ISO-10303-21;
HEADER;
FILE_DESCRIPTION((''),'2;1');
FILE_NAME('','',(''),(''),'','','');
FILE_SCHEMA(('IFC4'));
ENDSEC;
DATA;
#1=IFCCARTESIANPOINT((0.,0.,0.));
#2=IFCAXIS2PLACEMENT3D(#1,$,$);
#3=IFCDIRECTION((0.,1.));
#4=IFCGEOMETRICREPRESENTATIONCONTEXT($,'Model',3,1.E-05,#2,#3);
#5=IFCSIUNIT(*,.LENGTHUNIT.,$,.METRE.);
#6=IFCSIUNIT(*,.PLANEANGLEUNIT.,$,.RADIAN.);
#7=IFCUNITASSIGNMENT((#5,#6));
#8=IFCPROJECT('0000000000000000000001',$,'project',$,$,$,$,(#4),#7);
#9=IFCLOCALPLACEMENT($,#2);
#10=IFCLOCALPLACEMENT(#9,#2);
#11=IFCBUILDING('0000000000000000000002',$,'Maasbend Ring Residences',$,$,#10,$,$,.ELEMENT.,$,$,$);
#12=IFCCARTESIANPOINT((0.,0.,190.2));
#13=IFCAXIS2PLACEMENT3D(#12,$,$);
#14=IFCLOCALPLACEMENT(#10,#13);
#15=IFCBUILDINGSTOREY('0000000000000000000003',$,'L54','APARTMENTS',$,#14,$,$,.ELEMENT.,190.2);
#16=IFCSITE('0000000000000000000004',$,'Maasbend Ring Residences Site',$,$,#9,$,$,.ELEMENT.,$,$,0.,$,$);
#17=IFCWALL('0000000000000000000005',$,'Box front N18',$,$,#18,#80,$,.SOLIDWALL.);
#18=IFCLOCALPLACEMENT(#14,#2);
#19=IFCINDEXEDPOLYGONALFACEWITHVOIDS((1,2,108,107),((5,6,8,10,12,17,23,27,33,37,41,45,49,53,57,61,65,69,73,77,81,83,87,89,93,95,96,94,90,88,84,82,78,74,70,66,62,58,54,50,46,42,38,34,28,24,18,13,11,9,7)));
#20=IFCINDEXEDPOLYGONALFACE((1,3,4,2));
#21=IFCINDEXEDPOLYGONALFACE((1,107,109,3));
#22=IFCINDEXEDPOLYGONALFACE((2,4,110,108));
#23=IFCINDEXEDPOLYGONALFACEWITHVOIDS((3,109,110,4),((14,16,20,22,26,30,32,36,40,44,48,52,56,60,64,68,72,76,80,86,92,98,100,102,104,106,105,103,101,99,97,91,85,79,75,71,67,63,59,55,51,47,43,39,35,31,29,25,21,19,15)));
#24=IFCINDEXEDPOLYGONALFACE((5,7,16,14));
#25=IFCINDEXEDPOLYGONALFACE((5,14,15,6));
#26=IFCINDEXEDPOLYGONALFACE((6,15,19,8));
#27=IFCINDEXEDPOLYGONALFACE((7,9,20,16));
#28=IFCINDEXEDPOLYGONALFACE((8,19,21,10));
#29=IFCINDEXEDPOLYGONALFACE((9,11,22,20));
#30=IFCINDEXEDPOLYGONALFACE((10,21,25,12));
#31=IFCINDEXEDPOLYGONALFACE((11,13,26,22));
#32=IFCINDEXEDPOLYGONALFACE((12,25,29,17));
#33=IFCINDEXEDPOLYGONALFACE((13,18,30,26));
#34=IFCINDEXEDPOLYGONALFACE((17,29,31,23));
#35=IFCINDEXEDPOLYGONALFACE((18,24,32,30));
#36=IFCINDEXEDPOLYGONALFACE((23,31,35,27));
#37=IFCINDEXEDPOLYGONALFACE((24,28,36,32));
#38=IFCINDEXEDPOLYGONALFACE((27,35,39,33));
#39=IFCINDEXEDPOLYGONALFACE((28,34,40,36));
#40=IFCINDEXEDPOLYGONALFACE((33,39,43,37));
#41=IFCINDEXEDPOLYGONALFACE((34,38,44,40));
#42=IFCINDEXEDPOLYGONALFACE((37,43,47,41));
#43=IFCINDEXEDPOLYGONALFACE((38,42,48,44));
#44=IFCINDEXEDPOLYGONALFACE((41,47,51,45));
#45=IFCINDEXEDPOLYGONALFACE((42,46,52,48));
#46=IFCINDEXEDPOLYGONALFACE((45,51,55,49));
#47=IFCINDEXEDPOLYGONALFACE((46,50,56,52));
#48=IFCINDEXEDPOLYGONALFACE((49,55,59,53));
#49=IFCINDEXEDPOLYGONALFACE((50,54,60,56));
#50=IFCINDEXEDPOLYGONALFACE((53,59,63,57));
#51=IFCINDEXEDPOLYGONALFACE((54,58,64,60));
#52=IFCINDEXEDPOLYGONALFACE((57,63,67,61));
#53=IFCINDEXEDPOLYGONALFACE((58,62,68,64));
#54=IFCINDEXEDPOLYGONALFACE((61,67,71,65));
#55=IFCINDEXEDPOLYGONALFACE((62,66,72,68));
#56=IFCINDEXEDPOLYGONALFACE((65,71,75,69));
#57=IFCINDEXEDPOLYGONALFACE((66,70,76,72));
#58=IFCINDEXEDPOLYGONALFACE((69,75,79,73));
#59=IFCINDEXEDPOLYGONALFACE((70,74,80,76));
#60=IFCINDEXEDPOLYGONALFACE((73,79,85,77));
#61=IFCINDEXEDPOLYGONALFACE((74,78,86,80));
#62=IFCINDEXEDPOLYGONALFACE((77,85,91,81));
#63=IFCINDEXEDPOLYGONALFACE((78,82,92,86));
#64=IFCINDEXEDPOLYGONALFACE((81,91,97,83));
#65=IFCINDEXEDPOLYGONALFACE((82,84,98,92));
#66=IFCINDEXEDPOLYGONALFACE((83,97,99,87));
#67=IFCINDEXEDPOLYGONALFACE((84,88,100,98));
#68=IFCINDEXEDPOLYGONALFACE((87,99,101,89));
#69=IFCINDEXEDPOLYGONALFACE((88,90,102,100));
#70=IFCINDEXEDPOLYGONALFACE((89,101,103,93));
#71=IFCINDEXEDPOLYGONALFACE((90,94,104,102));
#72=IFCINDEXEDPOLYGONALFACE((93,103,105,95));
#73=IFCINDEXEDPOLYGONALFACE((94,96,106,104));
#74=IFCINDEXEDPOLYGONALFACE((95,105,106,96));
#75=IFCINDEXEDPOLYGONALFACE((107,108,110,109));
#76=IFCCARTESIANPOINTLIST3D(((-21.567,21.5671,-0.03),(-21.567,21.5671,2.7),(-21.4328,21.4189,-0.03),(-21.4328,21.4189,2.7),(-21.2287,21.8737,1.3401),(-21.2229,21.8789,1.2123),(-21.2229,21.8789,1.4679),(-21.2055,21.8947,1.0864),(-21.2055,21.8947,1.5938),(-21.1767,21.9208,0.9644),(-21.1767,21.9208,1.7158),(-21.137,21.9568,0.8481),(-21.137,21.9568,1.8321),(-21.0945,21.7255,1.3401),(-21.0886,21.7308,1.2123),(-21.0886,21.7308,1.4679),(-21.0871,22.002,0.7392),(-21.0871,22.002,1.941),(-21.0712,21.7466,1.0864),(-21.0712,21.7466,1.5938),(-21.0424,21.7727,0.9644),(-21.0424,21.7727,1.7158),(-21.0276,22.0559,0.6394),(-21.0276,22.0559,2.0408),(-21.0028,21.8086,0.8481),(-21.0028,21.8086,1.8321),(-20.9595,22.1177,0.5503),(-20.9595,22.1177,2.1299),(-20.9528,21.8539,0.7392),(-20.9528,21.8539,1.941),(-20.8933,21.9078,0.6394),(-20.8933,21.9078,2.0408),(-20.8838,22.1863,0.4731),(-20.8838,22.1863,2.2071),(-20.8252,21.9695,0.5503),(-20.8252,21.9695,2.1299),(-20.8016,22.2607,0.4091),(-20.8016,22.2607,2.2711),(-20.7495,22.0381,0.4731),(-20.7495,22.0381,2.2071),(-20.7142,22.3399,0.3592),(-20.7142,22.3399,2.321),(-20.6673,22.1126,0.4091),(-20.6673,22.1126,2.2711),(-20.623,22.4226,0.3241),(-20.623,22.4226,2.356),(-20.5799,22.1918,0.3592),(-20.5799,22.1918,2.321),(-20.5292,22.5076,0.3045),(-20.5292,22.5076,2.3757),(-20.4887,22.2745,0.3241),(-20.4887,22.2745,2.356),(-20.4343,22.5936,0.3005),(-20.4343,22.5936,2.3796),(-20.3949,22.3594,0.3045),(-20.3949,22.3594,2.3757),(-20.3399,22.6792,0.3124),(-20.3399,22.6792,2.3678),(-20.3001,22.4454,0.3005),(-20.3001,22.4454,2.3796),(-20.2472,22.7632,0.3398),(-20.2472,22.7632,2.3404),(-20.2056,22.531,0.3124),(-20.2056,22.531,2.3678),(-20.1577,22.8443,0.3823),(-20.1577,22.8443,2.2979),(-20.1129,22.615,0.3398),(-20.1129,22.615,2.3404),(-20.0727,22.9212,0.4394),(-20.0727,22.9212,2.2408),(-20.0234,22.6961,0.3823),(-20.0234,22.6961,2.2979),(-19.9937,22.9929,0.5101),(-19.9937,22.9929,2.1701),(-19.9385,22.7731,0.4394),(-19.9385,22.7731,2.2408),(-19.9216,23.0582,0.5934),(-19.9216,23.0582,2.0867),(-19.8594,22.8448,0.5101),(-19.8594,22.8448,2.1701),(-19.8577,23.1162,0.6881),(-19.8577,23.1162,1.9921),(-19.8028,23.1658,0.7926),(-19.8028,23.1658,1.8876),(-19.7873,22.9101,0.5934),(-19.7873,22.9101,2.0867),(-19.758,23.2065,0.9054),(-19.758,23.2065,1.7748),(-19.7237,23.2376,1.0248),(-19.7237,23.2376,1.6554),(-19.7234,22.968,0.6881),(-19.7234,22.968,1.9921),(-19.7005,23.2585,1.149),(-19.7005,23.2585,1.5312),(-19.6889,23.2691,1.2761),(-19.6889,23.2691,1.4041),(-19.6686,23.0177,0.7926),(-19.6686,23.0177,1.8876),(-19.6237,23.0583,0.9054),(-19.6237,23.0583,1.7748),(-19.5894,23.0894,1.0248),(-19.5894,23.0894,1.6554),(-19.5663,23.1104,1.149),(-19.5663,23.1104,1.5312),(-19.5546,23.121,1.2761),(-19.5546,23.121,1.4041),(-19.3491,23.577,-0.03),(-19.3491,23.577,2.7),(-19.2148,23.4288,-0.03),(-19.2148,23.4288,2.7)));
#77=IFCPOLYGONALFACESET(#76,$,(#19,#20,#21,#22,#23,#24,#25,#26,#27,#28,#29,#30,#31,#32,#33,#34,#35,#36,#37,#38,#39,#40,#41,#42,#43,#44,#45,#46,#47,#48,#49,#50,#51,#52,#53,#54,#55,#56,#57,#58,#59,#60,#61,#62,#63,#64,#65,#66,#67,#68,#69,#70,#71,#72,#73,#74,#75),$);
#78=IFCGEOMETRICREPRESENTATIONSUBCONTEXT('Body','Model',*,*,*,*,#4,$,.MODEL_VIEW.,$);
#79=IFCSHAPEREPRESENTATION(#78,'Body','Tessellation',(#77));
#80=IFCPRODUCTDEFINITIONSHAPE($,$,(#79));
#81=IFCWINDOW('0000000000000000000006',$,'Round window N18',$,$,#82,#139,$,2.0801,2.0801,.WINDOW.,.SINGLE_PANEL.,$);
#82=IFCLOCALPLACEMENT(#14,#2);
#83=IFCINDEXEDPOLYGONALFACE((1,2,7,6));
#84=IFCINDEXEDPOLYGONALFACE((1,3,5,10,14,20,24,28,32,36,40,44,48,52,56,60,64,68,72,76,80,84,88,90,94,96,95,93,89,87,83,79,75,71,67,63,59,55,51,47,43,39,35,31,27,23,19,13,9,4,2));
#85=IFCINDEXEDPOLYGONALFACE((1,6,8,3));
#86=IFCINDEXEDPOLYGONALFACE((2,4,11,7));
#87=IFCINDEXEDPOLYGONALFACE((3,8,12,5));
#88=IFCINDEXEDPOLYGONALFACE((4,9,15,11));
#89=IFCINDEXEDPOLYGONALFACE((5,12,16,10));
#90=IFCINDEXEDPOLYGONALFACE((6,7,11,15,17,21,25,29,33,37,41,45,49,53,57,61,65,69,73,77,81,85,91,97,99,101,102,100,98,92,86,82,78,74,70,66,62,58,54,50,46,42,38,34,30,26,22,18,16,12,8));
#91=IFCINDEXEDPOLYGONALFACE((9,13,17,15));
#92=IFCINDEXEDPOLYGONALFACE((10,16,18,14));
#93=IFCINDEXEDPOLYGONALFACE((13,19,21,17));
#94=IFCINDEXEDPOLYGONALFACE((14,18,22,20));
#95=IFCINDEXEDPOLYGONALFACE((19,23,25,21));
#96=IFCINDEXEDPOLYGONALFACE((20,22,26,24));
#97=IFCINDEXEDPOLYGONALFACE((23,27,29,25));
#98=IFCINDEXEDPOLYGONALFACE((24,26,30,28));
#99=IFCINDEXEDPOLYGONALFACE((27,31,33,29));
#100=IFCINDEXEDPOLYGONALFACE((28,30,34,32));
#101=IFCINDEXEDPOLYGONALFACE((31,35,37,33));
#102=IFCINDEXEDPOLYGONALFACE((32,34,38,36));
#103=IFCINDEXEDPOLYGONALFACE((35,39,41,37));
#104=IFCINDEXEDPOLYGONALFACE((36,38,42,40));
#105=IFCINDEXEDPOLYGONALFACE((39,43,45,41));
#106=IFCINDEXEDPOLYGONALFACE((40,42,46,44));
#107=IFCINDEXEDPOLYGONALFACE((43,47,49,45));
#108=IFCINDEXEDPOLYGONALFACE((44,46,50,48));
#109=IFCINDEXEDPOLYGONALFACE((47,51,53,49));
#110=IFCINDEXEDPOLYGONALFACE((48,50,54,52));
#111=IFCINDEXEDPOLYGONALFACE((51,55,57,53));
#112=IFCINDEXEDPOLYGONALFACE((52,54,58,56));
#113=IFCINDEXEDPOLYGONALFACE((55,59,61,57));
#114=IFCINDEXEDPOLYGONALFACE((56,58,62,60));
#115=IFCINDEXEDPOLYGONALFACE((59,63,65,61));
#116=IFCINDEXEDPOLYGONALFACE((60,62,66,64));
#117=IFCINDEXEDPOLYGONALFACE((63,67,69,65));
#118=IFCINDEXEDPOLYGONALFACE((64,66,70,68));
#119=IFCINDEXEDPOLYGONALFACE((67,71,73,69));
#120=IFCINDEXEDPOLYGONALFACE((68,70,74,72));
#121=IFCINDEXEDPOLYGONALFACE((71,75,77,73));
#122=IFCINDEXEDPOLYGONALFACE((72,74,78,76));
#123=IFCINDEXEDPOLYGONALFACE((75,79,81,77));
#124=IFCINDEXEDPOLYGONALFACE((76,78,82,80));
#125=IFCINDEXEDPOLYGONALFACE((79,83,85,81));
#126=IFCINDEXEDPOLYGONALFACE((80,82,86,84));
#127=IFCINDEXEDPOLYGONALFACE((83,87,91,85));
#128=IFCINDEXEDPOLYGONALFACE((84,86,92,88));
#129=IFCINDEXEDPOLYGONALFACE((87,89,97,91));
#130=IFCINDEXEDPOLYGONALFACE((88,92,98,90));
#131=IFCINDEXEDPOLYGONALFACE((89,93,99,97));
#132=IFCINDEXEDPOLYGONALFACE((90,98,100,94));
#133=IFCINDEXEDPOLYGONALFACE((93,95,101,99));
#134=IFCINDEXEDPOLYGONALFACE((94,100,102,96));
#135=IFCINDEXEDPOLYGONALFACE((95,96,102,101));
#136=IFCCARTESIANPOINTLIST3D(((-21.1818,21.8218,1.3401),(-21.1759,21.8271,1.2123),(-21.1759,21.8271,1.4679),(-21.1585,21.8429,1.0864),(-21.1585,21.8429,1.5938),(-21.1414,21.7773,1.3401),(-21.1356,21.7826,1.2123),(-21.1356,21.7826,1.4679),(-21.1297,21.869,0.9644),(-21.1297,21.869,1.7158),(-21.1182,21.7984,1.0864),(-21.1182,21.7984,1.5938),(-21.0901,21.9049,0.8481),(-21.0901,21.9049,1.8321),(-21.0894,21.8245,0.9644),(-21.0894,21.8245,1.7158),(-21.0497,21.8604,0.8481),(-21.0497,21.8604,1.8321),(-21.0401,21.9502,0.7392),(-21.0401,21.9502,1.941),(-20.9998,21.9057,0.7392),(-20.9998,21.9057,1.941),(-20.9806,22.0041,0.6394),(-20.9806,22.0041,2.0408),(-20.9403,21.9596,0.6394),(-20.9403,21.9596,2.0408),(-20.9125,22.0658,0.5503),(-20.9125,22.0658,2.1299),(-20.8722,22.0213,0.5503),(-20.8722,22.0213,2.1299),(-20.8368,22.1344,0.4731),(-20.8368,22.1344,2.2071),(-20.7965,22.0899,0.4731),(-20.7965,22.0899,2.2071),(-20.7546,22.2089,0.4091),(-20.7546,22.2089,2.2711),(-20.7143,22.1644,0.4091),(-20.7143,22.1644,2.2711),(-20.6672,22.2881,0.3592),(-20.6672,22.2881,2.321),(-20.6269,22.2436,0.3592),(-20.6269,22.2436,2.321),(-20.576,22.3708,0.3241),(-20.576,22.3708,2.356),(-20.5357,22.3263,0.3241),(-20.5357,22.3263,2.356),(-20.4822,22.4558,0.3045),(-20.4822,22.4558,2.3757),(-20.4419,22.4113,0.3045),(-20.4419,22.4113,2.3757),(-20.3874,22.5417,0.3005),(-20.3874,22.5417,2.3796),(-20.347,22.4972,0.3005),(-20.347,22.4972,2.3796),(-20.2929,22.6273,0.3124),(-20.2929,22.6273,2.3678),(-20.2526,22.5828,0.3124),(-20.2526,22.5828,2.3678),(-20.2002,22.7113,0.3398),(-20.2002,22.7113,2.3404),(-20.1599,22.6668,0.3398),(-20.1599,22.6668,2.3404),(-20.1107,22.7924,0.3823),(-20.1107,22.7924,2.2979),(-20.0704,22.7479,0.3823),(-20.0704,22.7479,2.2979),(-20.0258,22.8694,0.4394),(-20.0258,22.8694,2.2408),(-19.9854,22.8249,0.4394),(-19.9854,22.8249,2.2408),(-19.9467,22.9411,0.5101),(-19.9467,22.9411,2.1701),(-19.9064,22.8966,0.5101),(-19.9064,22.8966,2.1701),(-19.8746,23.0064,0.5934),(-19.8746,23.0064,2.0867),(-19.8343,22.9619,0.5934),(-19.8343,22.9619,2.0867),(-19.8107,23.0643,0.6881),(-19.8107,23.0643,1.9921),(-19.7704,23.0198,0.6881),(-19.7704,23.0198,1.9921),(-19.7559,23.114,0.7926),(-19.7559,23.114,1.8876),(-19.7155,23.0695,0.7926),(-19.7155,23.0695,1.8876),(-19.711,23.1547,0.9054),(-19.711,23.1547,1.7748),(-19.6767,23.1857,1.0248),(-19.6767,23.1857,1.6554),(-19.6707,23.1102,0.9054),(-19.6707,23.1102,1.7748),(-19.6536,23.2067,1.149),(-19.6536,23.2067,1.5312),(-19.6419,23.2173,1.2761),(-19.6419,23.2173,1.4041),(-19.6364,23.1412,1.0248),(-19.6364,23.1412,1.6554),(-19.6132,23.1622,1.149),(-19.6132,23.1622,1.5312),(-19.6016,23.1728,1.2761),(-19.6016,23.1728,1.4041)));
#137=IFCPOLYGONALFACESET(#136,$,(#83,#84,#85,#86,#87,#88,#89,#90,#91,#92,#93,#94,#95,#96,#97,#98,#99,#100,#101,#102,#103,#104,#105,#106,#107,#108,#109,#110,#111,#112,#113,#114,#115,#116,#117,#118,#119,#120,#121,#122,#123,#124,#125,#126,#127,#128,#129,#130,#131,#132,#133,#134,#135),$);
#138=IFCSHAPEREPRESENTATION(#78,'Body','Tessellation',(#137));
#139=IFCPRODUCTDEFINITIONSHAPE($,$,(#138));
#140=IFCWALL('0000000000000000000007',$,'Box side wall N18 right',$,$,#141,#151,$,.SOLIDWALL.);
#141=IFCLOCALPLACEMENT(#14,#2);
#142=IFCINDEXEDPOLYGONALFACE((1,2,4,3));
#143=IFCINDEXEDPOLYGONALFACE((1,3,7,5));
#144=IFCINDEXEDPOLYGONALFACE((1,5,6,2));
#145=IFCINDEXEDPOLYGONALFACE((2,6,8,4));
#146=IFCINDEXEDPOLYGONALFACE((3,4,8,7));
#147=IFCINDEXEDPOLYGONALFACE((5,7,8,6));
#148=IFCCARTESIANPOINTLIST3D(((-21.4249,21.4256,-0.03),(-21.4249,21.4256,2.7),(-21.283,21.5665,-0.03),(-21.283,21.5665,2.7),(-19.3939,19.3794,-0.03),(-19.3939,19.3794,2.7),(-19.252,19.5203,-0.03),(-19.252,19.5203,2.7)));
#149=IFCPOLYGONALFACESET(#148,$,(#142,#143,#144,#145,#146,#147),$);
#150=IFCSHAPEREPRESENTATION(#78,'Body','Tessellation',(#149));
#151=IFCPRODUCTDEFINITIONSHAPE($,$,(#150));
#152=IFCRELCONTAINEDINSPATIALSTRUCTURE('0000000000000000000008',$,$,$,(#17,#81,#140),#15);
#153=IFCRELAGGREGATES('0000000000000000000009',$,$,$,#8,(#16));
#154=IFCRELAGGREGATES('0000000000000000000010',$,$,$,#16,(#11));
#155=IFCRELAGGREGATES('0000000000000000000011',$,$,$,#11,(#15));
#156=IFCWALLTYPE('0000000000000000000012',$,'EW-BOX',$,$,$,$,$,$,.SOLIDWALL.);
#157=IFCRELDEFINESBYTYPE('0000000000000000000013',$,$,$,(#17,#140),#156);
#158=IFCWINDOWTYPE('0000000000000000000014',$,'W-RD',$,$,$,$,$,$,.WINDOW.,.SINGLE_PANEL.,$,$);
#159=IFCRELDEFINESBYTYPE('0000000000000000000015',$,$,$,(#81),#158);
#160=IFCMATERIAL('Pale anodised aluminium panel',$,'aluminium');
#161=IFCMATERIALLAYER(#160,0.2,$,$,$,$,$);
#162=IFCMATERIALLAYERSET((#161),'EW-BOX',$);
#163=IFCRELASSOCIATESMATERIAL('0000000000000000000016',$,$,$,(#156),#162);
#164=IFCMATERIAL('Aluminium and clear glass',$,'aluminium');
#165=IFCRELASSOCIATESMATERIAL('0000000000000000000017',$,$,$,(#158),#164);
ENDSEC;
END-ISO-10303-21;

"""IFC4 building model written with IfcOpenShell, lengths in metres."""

from ifc_helpers import new_model, si_unit, direction, frame, frame_2d, origin, place, context, subcontext, project, spatial, rectangle, circle, extrude, material, layer, layer_set, type_object, element, fill, save


model = new_model("IFC4")

# Units and contexts
model_context = context("Model", 3, precision=1e-05, world=origin(), true_north=direction((0.0, 1.0)))
body_context = subcontext(model_context, "Body", "Model", "MODEL_VIEW")
ifc_project = project(units=[si_unit("LENGTHUNIT", "METRE"), si_unit("PLANEANGLEUNIT", "RADIAN")], contexts=[model_context])

# Site, building, storey
site_placement = place(None, origin())
site = spatial("IfcSite", under=ifc_project, at=site_placement, Name="Maasbend Ring Residences Site", CompositionType="ELEMENT", RefElevation=0.0)
building_placement = place(site_placement, origin())
building = spatial("IfcBuilding", under=site, at=building_placement, Name="Maasbend Ring Residences", CompositionType="ELEMENT")
storey_placement = place(building_placement, frame((0.0, 0.0, 190.2)))
storey = spatial("IfcBuildingStorey", under=building, at=storey_placement, Name="L54", Description="APARTMENTS", CompositionType="ELEMENT", Elevation=190.2)

# Wall, opening, window
ifc_material_1 = material(Name="Pale anodised aluminium panel", Category="aluminium")
ifc_layer_1 = layer(ifc_material_1, 0.2)
ifc_layer_set_1 = layer_set([ifc_layer_1], Name="EW-BOX")
wall_type_1 = type_object("IfcWallType", Name="EW-BOX", PredefinedType="SOLIDWALL", material=ifc_layer_set_1)
wall_1_placement = place(storey_placement, frame((-19.282, 23.5029, -0.03), z_axis=(0.0, 0.0, 1.0), x_axis=(-0.740998, -0.671507, 0.0)))
wall_1 = element("IfcWall", 1, at=wall_1_placement, inside=storey, type_object=wall_type_1, Name="Box front N18", PredefinedType="SOLIDWALL", context=body_context, shape_type="SweptSolid", body=[
    extrude(rectangle(XDim=2.9932, YDim=0.2, at=frame_2d((1.4966, 0.0))), origin(), (0.0, 0.0, 1.0), 2.73),
])
opening_1_placement = place(wall_1_placement, frame((0.4565, 0.0, 0.3301)))
opening_1 = element("IfcOpeningElement", 2, at=opening_1_placement, cuts=wall_1, PredefinedType="OPENING", context=body_context, shape_type="SweptSolid", body=[
    extrude(circle(Radius=1.04, at=frame_2d((1.04, 1.04))), frame((0.0, 0.1099, 0.0), z_axis=(0.0, -1.0, 0.0), x_axis=(1.0, 0.0, 0.0)), (0.0, 0.0, 1.0), 0.22),
])
ifc_material_2 = material(Name="Aluminium and clear glass", Category="aluminium")
window_type_1 = type_object("IfcWindowType", Name="W-RD", PartitioningType="SINGLE_PANEL", PredefinedType="WINDOW", material=ifc_material_2)
window_1_placement = place(opening_1_placement, origin())
window_1 = element("IfcWindow", 3, at=window_1_placement, inside=storey, type_object=window_type_1, Name="Round window N18", OverallHeight=2.0801, OverallWidth=2.0801, PartitioningType="SINGLE_PANEL", PredefinedType="WINDOW", context=body_context, shape_type="SweptSolid", body=[
    extrude(circle(Radius=1.04, at=frame_2d((1.04, 1.04))), frame((0.0, 0.03, 0.0), z_axis=(0.0, -1.0, 0.0), x_axis=(1.0, 0.0, 0.0)), (0.0, 0.0, 1.0), 0.0601),
])
fill(opening_1, window_1)

# Wall
wall_2_placement = place(storey_placement, frame((-19.323, 19.45, -0.03), z_axis=(0.0, 0.0, 1.0), x_axis=(-0.704477, 0.709727, 0.0)))
element("IfcWall", 4, at=wall_2_placement, inside=storey, type_object=wall_type_1, Name="Box side wall N18 right", PredefinedType="SOLIDWALL", context=body_context, shape_type="SweptSolid", body=[
    extrude(rectangle(XDim=2.8831, YDim=0.2, at=frame_2d((1.4414, 0.0))), origin(), (0.0, 0.0, 1.0), 2.73),
])

save(model, "model.ifc")
